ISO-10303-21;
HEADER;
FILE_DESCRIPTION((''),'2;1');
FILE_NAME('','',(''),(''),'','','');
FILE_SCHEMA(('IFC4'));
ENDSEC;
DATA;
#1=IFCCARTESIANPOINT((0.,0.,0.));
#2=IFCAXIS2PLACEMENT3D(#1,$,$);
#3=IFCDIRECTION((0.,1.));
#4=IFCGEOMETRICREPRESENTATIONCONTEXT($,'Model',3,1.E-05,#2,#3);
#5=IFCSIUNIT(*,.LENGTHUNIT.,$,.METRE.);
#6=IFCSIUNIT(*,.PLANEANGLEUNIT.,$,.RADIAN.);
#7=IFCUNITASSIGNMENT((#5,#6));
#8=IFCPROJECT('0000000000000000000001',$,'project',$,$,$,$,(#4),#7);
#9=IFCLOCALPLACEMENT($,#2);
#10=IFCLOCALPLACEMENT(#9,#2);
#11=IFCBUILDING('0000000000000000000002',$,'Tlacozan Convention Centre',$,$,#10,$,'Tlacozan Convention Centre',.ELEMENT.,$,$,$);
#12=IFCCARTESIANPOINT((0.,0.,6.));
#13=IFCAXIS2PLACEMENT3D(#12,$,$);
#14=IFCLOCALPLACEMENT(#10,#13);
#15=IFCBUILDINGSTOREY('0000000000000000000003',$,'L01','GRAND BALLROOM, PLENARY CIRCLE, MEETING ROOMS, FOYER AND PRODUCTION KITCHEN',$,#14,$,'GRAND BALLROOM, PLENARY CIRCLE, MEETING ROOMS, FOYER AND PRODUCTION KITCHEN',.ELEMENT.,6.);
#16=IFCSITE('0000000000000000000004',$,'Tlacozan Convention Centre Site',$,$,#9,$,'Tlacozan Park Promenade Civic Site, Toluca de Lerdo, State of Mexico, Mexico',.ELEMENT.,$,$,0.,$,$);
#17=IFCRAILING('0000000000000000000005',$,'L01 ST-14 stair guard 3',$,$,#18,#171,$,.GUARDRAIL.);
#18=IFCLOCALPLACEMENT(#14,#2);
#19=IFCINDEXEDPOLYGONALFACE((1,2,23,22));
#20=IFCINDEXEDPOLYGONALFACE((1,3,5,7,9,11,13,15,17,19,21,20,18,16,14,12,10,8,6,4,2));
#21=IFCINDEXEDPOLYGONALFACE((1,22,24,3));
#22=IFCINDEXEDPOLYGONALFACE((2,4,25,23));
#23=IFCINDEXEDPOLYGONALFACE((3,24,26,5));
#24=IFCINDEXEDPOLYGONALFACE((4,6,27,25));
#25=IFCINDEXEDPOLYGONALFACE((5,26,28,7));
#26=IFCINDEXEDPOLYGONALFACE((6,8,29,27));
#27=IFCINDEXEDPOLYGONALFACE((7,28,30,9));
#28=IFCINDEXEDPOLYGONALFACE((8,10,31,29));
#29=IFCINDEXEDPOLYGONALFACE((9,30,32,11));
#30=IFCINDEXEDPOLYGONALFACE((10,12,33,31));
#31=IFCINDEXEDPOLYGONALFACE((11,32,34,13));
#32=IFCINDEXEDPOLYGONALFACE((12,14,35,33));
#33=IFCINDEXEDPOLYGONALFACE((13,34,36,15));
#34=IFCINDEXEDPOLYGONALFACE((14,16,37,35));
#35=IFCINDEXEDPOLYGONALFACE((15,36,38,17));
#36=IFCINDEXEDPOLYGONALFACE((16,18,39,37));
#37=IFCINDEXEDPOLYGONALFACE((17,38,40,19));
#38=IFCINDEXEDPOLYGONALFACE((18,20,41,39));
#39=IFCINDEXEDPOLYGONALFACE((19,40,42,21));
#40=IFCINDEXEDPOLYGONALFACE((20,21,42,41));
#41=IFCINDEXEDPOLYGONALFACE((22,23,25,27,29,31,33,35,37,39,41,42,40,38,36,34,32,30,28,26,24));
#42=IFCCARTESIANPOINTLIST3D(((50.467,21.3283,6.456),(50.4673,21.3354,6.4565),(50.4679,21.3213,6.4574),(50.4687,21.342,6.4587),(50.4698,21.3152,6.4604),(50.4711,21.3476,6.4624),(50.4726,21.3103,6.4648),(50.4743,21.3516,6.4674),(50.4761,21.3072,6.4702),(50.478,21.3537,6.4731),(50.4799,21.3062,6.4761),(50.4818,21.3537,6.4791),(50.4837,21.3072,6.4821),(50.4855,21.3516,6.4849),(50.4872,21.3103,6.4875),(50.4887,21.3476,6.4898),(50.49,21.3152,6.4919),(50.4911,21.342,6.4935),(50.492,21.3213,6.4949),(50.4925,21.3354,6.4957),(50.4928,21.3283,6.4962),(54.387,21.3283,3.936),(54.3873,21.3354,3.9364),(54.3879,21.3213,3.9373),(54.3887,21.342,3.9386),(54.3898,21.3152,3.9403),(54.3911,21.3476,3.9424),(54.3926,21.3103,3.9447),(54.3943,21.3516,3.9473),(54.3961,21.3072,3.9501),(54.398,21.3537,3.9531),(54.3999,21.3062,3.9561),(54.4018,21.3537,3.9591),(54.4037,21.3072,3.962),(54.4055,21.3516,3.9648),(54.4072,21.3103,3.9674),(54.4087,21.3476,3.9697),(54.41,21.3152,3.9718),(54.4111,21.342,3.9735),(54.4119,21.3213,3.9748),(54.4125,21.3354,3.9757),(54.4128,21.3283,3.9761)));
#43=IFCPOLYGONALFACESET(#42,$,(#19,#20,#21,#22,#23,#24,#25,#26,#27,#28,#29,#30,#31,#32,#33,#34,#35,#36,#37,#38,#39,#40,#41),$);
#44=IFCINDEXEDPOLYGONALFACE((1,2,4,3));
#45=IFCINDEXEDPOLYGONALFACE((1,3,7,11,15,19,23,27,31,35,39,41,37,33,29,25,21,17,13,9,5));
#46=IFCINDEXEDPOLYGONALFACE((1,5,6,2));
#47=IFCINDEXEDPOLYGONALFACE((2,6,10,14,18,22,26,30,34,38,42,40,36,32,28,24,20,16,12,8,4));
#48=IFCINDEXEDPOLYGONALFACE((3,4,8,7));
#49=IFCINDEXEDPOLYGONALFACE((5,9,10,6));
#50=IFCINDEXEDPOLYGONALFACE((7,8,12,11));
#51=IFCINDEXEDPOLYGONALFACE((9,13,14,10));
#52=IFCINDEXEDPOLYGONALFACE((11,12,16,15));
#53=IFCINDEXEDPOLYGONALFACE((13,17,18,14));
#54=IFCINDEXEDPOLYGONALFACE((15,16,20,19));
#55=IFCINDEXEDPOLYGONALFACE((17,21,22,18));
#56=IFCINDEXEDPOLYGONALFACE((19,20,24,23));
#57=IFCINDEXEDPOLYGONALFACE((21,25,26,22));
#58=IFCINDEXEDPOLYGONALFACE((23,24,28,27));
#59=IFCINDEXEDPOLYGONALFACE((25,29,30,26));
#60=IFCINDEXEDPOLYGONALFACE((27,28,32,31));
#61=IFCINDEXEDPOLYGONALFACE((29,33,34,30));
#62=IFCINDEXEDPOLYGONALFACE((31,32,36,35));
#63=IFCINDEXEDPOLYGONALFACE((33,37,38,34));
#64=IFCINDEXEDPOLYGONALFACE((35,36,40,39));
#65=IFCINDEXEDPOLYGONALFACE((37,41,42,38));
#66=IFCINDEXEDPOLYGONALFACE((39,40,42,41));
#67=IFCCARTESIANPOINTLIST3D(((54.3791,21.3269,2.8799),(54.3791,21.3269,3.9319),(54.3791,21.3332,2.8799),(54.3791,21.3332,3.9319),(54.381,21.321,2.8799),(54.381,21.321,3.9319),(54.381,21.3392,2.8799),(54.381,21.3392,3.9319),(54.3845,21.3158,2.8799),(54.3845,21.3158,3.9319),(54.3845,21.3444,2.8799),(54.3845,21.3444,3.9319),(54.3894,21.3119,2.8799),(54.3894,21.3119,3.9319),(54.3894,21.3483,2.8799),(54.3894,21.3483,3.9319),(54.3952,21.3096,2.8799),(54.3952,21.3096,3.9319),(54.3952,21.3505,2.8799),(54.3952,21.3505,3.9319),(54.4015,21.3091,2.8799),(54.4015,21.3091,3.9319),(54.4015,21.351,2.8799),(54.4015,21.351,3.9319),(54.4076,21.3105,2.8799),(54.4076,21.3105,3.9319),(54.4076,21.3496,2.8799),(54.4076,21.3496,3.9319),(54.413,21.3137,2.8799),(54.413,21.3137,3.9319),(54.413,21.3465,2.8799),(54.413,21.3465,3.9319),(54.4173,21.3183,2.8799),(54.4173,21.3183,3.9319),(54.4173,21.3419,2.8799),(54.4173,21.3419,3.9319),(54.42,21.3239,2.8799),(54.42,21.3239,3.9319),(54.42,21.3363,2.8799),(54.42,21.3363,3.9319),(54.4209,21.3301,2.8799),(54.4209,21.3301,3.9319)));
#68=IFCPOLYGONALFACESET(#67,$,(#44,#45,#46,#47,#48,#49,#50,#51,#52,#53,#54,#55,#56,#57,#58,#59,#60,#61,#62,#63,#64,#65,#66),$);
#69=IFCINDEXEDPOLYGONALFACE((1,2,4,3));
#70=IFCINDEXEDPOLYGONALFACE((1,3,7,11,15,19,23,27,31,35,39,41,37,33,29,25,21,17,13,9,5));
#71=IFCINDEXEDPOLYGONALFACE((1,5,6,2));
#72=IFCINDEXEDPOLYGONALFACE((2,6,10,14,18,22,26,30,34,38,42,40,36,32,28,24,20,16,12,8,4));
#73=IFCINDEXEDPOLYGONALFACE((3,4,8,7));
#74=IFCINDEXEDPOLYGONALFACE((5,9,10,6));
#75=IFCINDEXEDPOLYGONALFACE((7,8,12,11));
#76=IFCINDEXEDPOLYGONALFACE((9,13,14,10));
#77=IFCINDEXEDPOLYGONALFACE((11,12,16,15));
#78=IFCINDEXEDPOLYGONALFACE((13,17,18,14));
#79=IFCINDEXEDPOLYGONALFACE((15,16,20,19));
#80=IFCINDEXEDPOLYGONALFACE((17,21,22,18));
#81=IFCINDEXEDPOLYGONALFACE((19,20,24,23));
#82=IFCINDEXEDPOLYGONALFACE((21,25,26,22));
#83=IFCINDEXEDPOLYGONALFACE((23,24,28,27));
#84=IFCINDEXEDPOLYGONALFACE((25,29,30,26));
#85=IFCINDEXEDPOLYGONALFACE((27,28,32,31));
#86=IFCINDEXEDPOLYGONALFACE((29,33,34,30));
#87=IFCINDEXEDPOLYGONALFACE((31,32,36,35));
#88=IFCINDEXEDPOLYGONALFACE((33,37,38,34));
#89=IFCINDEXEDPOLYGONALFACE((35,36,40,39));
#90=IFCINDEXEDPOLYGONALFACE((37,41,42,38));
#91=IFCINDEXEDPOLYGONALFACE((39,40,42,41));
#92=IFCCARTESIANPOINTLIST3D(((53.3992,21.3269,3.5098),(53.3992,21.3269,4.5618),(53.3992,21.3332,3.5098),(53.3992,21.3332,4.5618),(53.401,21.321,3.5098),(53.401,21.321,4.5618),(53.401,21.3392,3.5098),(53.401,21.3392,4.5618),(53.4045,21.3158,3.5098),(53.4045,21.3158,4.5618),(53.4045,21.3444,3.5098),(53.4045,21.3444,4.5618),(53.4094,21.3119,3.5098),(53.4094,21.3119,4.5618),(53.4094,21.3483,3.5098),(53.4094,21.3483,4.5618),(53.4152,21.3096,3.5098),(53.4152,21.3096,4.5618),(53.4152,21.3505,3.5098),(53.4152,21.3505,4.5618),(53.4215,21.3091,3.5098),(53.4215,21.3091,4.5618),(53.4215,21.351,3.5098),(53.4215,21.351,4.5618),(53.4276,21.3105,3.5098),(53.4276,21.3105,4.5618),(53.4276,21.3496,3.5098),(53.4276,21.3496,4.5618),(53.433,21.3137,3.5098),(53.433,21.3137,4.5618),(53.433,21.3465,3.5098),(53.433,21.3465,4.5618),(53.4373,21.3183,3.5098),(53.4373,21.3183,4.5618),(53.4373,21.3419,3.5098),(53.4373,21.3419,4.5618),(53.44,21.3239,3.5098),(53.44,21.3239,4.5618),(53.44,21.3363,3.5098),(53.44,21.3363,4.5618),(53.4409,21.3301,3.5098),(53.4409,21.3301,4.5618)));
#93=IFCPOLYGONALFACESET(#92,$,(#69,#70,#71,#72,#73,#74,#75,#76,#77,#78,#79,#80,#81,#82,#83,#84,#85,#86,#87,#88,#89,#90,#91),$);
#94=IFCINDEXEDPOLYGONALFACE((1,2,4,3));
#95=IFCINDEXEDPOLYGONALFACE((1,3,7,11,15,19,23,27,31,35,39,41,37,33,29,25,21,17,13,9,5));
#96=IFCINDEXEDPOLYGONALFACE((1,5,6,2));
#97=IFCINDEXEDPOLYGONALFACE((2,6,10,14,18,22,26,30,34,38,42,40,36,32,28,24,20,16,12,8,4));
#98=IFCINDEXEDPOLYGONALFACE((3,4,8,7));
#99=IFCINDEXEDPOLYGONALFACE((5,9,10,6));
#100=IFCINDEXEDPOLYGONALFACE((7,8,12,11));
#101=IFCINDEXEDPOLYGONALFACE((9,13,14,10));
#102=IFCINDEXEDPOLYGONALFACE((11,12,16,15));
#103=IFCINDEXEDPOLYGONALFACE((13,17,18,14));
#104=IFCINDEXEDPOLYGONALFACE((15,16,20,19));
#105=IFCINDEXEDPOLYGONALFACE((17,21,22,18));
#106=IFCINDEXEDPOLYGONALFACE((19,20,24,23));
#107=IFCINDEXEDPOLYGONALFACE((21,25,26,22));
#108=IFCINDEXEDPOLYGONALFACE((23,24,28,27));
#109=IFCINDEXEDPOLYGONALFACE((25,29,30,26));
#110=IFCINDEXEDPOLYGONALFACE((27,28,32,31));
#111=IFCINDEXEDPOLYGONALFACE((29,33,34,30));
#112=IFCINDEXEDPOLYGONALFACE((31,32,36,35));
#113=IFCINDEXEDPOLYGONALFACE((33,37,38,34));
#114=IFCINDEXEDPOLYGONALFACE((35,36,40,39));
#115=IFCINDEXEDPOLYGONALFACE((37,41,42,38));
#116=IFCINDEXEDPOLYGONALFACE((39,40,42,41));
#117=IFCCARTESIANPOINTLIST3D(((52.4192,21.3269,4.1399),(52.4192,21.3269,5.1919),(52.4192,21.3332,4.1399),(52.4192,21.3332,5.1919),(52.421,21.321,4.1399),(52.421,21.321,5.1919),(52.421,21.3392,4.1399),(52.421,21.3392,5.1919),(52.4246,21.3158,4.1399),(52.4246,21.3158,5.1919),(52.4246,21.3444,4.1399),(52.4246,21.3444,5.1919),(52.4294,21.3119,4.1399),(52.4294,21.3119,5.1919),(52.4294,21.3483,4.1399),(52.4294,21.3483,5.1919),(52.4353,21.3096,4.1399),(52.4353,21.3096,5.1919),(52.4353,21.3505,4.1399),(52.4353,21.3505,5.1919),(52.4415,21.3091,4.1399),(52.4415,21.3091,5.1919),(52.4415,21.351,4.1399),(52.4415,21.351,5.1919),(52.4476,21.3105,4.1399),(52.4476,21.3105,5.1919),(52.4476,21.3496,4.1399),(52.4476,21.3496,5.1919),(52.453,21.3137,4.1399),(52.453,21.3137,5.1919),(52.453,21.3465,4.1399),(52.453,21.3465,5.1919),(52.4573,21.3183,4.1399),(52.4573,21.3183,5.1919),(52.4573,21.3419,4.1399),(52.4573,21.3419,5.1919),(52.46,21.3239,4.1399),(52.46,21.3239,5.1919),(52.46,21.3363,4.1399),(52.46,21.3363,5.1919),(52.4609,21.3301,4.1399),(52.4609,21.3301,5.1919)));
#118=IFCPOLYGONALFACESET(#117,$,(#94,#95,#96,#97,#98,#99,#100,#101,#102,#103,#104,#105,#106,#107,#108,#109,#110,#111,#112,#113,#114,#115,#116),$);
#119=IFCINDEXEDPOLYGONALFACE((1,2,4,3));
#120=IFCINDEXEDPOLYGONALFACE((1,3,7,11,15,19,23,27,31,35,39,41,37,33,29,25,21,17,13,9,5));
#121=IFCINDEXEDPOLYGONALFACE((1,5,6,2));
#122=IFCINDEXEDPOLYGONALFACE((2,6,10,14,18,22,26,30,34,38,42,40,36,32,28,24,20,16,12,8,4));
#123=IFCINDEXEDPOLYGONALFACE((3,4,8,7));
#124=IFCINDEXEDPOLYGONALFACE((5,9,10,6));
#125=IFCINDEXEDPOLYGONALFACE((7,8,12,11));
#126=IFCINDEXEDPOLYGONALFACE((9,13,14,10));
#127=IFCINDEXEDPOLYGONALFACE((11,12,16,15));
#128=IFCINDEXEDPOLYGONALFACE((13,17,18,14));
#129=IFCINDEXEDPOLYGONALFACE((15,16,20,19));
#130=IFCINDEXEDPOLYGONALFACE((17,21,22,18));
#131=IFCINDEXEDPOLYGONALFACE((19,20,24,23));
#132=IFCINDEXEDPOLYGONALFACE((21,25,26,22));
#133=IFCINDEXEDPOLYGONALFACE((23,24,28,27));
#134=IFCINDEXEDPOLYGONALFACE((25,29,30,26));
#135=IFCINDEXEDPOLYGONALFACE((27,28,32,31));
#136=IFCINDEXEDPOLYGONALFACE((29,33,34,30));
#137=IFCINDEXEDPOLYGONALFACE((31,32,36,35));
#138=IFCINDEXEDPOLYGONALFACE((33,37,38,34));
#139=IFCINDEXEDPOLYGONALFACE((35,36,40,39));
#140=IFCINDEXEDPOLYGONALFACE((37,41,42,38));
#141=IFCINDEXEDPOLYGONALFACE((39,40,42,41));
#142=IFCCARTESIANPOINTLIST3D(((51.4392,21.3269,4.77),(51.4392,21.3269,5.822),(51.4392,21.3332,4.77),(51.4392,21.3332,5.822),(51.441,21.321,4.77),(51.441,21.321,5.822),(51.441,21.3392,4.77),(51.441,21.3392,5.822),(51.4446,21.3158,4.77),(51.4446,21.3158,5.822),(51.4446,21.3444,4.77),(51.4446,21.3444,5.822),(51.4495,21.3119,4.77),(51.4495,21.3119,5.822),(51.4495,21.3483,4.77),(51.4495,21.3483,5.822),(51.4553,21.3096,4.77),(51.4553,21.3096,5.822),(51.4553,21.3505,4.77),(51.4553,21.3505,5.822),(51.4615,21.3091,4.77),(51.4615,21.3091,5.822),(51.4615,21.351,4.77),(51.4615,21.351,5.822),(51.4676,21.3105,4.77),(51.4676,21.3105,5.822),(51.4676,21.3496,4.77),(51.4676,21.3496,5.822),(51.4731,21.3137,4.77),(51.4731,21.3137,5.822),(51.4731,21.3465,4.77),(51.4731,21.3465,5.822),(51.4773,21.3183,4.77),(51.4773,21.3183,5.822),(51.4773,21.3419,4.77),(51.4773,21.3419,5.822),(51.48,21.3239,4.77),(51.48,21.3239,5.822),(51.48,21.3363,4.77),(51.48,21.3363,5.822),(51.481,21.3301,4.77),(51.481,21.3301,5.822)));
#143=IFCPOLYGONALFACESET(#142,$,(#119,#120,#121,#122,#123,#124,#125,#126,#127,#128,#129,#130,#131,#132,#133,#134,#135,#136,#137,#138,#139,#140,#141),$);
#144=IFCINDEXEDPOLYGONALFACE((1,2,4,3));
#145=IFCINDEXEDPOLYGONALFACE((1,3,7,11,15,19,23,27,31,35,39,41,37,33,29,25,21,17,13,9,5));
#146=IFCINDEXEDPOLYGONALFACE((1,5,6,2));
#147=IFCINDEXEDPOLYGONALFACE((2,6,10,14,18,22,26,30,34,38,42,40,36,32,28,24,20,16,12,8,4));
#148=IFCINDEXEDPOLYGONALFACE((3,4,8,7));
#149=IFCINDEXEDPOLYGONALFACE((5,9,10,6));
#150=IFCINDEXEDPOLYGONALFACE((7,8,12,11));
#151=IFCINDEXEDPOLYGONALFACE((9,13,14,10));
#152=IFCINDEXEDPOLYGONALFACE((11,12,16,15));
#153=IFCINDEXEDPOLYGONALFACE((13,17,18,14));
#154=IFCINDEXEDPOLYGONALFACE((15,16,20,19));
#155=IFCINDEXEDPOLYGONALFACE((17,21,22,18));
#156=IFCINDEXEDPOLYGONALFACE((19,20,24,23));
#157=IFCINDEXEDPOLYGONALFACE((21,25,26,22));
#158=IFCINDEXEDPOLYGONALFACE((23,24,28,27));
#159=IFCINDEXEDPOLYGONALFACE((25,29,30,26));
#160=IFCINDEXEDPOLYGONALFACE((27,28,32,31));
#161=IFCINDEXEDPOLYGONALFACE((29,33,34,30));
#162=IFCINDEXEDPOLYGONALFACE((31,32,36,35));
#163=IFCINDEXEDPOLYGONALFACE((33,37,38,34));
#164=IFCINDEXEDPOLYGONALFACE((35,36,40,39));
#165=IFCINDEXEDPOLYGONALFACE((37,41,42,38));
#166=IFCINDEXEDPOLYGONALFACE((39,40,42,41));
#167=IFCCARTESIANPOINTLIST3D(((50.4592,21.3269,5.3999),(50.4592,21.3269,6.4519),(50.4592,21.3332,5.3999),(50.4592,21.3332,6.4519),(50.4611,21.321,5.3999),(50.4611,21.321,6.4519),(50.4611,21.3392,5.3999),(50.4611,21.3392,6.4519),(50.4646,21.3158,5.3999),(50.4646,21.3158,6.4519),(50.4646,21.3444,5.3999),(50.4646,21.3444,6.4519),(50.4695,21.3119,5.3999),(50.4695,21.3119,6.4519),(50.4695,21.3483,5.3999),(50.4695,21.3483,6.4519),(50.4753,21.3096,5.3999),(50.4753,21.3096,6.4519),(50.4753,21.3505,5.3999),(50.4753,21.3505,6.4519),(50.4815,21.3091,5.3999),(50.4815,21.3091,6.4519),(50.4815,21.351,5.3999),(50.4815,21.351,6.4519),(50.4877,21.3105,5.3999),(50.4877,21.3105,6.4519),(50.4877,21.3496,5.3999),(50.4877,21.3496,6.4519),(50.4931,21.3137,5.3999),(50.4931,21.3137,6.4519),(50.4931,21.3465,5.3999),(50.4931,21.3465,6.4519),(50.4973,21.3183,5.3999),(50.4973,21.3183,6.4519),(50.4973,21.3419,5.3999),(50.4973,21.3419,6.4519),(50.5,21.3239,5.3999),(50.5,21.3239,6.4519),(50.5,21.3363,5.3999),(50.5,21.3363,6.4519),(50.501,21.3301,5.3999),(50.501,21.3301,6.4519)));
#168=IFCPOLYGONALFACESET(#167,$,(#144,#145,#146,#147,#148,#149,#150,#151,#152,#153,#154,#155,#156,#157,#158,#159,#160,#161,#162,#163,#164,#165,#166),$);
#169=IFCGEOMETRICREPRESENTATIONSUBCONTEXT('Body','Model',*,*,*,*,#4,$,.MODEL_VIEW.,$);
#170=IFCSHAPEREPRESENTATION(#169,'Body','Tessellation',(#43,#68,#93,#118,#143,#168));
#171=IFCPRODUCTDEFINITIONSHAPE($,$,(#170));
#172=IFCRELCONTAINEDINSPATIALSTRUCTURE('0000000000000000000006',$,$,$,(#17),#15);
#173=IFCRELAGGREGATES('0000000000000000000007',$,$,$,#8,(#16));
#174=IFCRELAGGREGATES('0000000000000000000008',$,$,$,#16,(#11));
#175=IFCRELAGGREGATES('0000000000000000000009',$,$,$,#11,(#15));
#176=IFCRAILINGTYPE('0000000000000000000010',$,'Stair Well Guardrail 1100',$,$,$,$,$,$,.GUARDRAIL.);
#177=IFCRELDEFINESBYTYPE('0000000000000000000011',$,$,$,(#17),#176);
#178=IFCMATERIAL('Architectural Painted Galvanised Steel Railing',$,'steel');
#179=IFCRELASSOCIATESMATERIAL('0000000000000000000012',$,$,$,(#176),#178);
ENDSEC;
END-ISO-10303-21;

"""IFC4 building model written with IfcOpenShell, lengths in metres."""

from ifc_helpers import new_model, si_unit, direction, frame, origin, origin_2d, place, context, subcontext, project, spatial, circle, extrude, material, type_object, element, save


model = new_model("IFC4")

# Units and contexts
model_context = context("Model", 3, precision=1e-05, world=origin(), true_north=direction((0.0, 1.0)))
body_context = subcontext(model_context, "Body", "Model", "MODEL_VIEW")
ifc_project = project(units=[si_unit("LENGTHUNIT", "METRE"), si_unit("PLANEANGLEUNIT", "RADIAN")], contexts=[model_context])

# Site, building, storey
site_placement = place(None, origin())
site = spatial("IfcSite", under=ifc_project, at=site_placement, Name="Tlacozan Convention Centre Site", LongName="Tlacozan Park Promenade Civic Site, Toluca de Lerdo, State of Mexico, Mexico", CompositionType="ELEMENT", RefElevation=0.0)
building_placement = place(site_placement, origin())
building = spatial("IfcBuilding", under=site, at=building_placement, Name="Tlacozan Convention Centre", LongName="Tlacozan Convention Centre", CompositionType="ELEMENT")
storey_placement = place(building_placement, frame((0.0, 0.0, 6.0)))
storey = spatial("IfcBuildingStorey", under=building, at=storey_placement, Name="L01", Description="GRAND BALLROOM, PLENARY CIRCLE, MEETING ROOMS, FOYER AND PRODUCTION KITCHEN", LongName="GRAND BALLROOM, PLENARY CIRCLE, MEETING ROOMS, FOYER AND PRODUCTION KITCHEN", CompositionType="ELEMENT", Elevation=6.0)

# Railing
ifc_material_1 = material(Name="Architectural Painted Galvanised Steel Railing", Category="steel")
railing_type_1 = type_object("IfcRailingType", Name="Stair Well Guardrail 1100", PredefinedType="GUARDRAIL", material=ifc_material_1)
railing_1_placement = place(storey_placement, frame((54.3999, 21.3301, 2.8799)))
element("IfcRailing", 1, at=railing_1_placement, inside=storey, type_object=railing_type_1, Name="L01 ST-14 stair guard 3", PredefinedType="GUARDRAIL", context=body_context, shape_type="SweptSolid", body=[
    extrude(circle(Radius=0.0239, at=origin_2d()), frame((0.0, 0.0, 1.0762), z_axis=(-0.841172, 0.0, 0.540768), x_axis=(0.0, -1.0, 0.0)), (0.0, 0.0, 1.0), 4.6602),
    extrude(circle(Radius=0.021, at=origin_2d()), origin(), (0.0, 0.0, 1.0), 1.052),
    extrude(circle(Radius=0.021, at=origin_2d()), frame((-0.98, 0.0, 0.6299)), (0.0, 0.0, 1.0), 1.052),
    extrude(circle(Radius=0.021, at=origin_2d()), frame((-1.96, 0.0, 1.26)), (0.0, 0.0, 1.0), 1.052),
    extrude(circle(Radius=0.021, at=origin_2d()), frame((-2.9399, 0.0, 1.8901)), (0.0, 0.0, 1.0), 1.052),
    extrude(circle(Radius=0.021, at=origin_2d()), frame((-3.9199, 0.0, 2.52)), (0.0, 0.0, 1.0), 1.052),
])

save(model, "model.ifc")
